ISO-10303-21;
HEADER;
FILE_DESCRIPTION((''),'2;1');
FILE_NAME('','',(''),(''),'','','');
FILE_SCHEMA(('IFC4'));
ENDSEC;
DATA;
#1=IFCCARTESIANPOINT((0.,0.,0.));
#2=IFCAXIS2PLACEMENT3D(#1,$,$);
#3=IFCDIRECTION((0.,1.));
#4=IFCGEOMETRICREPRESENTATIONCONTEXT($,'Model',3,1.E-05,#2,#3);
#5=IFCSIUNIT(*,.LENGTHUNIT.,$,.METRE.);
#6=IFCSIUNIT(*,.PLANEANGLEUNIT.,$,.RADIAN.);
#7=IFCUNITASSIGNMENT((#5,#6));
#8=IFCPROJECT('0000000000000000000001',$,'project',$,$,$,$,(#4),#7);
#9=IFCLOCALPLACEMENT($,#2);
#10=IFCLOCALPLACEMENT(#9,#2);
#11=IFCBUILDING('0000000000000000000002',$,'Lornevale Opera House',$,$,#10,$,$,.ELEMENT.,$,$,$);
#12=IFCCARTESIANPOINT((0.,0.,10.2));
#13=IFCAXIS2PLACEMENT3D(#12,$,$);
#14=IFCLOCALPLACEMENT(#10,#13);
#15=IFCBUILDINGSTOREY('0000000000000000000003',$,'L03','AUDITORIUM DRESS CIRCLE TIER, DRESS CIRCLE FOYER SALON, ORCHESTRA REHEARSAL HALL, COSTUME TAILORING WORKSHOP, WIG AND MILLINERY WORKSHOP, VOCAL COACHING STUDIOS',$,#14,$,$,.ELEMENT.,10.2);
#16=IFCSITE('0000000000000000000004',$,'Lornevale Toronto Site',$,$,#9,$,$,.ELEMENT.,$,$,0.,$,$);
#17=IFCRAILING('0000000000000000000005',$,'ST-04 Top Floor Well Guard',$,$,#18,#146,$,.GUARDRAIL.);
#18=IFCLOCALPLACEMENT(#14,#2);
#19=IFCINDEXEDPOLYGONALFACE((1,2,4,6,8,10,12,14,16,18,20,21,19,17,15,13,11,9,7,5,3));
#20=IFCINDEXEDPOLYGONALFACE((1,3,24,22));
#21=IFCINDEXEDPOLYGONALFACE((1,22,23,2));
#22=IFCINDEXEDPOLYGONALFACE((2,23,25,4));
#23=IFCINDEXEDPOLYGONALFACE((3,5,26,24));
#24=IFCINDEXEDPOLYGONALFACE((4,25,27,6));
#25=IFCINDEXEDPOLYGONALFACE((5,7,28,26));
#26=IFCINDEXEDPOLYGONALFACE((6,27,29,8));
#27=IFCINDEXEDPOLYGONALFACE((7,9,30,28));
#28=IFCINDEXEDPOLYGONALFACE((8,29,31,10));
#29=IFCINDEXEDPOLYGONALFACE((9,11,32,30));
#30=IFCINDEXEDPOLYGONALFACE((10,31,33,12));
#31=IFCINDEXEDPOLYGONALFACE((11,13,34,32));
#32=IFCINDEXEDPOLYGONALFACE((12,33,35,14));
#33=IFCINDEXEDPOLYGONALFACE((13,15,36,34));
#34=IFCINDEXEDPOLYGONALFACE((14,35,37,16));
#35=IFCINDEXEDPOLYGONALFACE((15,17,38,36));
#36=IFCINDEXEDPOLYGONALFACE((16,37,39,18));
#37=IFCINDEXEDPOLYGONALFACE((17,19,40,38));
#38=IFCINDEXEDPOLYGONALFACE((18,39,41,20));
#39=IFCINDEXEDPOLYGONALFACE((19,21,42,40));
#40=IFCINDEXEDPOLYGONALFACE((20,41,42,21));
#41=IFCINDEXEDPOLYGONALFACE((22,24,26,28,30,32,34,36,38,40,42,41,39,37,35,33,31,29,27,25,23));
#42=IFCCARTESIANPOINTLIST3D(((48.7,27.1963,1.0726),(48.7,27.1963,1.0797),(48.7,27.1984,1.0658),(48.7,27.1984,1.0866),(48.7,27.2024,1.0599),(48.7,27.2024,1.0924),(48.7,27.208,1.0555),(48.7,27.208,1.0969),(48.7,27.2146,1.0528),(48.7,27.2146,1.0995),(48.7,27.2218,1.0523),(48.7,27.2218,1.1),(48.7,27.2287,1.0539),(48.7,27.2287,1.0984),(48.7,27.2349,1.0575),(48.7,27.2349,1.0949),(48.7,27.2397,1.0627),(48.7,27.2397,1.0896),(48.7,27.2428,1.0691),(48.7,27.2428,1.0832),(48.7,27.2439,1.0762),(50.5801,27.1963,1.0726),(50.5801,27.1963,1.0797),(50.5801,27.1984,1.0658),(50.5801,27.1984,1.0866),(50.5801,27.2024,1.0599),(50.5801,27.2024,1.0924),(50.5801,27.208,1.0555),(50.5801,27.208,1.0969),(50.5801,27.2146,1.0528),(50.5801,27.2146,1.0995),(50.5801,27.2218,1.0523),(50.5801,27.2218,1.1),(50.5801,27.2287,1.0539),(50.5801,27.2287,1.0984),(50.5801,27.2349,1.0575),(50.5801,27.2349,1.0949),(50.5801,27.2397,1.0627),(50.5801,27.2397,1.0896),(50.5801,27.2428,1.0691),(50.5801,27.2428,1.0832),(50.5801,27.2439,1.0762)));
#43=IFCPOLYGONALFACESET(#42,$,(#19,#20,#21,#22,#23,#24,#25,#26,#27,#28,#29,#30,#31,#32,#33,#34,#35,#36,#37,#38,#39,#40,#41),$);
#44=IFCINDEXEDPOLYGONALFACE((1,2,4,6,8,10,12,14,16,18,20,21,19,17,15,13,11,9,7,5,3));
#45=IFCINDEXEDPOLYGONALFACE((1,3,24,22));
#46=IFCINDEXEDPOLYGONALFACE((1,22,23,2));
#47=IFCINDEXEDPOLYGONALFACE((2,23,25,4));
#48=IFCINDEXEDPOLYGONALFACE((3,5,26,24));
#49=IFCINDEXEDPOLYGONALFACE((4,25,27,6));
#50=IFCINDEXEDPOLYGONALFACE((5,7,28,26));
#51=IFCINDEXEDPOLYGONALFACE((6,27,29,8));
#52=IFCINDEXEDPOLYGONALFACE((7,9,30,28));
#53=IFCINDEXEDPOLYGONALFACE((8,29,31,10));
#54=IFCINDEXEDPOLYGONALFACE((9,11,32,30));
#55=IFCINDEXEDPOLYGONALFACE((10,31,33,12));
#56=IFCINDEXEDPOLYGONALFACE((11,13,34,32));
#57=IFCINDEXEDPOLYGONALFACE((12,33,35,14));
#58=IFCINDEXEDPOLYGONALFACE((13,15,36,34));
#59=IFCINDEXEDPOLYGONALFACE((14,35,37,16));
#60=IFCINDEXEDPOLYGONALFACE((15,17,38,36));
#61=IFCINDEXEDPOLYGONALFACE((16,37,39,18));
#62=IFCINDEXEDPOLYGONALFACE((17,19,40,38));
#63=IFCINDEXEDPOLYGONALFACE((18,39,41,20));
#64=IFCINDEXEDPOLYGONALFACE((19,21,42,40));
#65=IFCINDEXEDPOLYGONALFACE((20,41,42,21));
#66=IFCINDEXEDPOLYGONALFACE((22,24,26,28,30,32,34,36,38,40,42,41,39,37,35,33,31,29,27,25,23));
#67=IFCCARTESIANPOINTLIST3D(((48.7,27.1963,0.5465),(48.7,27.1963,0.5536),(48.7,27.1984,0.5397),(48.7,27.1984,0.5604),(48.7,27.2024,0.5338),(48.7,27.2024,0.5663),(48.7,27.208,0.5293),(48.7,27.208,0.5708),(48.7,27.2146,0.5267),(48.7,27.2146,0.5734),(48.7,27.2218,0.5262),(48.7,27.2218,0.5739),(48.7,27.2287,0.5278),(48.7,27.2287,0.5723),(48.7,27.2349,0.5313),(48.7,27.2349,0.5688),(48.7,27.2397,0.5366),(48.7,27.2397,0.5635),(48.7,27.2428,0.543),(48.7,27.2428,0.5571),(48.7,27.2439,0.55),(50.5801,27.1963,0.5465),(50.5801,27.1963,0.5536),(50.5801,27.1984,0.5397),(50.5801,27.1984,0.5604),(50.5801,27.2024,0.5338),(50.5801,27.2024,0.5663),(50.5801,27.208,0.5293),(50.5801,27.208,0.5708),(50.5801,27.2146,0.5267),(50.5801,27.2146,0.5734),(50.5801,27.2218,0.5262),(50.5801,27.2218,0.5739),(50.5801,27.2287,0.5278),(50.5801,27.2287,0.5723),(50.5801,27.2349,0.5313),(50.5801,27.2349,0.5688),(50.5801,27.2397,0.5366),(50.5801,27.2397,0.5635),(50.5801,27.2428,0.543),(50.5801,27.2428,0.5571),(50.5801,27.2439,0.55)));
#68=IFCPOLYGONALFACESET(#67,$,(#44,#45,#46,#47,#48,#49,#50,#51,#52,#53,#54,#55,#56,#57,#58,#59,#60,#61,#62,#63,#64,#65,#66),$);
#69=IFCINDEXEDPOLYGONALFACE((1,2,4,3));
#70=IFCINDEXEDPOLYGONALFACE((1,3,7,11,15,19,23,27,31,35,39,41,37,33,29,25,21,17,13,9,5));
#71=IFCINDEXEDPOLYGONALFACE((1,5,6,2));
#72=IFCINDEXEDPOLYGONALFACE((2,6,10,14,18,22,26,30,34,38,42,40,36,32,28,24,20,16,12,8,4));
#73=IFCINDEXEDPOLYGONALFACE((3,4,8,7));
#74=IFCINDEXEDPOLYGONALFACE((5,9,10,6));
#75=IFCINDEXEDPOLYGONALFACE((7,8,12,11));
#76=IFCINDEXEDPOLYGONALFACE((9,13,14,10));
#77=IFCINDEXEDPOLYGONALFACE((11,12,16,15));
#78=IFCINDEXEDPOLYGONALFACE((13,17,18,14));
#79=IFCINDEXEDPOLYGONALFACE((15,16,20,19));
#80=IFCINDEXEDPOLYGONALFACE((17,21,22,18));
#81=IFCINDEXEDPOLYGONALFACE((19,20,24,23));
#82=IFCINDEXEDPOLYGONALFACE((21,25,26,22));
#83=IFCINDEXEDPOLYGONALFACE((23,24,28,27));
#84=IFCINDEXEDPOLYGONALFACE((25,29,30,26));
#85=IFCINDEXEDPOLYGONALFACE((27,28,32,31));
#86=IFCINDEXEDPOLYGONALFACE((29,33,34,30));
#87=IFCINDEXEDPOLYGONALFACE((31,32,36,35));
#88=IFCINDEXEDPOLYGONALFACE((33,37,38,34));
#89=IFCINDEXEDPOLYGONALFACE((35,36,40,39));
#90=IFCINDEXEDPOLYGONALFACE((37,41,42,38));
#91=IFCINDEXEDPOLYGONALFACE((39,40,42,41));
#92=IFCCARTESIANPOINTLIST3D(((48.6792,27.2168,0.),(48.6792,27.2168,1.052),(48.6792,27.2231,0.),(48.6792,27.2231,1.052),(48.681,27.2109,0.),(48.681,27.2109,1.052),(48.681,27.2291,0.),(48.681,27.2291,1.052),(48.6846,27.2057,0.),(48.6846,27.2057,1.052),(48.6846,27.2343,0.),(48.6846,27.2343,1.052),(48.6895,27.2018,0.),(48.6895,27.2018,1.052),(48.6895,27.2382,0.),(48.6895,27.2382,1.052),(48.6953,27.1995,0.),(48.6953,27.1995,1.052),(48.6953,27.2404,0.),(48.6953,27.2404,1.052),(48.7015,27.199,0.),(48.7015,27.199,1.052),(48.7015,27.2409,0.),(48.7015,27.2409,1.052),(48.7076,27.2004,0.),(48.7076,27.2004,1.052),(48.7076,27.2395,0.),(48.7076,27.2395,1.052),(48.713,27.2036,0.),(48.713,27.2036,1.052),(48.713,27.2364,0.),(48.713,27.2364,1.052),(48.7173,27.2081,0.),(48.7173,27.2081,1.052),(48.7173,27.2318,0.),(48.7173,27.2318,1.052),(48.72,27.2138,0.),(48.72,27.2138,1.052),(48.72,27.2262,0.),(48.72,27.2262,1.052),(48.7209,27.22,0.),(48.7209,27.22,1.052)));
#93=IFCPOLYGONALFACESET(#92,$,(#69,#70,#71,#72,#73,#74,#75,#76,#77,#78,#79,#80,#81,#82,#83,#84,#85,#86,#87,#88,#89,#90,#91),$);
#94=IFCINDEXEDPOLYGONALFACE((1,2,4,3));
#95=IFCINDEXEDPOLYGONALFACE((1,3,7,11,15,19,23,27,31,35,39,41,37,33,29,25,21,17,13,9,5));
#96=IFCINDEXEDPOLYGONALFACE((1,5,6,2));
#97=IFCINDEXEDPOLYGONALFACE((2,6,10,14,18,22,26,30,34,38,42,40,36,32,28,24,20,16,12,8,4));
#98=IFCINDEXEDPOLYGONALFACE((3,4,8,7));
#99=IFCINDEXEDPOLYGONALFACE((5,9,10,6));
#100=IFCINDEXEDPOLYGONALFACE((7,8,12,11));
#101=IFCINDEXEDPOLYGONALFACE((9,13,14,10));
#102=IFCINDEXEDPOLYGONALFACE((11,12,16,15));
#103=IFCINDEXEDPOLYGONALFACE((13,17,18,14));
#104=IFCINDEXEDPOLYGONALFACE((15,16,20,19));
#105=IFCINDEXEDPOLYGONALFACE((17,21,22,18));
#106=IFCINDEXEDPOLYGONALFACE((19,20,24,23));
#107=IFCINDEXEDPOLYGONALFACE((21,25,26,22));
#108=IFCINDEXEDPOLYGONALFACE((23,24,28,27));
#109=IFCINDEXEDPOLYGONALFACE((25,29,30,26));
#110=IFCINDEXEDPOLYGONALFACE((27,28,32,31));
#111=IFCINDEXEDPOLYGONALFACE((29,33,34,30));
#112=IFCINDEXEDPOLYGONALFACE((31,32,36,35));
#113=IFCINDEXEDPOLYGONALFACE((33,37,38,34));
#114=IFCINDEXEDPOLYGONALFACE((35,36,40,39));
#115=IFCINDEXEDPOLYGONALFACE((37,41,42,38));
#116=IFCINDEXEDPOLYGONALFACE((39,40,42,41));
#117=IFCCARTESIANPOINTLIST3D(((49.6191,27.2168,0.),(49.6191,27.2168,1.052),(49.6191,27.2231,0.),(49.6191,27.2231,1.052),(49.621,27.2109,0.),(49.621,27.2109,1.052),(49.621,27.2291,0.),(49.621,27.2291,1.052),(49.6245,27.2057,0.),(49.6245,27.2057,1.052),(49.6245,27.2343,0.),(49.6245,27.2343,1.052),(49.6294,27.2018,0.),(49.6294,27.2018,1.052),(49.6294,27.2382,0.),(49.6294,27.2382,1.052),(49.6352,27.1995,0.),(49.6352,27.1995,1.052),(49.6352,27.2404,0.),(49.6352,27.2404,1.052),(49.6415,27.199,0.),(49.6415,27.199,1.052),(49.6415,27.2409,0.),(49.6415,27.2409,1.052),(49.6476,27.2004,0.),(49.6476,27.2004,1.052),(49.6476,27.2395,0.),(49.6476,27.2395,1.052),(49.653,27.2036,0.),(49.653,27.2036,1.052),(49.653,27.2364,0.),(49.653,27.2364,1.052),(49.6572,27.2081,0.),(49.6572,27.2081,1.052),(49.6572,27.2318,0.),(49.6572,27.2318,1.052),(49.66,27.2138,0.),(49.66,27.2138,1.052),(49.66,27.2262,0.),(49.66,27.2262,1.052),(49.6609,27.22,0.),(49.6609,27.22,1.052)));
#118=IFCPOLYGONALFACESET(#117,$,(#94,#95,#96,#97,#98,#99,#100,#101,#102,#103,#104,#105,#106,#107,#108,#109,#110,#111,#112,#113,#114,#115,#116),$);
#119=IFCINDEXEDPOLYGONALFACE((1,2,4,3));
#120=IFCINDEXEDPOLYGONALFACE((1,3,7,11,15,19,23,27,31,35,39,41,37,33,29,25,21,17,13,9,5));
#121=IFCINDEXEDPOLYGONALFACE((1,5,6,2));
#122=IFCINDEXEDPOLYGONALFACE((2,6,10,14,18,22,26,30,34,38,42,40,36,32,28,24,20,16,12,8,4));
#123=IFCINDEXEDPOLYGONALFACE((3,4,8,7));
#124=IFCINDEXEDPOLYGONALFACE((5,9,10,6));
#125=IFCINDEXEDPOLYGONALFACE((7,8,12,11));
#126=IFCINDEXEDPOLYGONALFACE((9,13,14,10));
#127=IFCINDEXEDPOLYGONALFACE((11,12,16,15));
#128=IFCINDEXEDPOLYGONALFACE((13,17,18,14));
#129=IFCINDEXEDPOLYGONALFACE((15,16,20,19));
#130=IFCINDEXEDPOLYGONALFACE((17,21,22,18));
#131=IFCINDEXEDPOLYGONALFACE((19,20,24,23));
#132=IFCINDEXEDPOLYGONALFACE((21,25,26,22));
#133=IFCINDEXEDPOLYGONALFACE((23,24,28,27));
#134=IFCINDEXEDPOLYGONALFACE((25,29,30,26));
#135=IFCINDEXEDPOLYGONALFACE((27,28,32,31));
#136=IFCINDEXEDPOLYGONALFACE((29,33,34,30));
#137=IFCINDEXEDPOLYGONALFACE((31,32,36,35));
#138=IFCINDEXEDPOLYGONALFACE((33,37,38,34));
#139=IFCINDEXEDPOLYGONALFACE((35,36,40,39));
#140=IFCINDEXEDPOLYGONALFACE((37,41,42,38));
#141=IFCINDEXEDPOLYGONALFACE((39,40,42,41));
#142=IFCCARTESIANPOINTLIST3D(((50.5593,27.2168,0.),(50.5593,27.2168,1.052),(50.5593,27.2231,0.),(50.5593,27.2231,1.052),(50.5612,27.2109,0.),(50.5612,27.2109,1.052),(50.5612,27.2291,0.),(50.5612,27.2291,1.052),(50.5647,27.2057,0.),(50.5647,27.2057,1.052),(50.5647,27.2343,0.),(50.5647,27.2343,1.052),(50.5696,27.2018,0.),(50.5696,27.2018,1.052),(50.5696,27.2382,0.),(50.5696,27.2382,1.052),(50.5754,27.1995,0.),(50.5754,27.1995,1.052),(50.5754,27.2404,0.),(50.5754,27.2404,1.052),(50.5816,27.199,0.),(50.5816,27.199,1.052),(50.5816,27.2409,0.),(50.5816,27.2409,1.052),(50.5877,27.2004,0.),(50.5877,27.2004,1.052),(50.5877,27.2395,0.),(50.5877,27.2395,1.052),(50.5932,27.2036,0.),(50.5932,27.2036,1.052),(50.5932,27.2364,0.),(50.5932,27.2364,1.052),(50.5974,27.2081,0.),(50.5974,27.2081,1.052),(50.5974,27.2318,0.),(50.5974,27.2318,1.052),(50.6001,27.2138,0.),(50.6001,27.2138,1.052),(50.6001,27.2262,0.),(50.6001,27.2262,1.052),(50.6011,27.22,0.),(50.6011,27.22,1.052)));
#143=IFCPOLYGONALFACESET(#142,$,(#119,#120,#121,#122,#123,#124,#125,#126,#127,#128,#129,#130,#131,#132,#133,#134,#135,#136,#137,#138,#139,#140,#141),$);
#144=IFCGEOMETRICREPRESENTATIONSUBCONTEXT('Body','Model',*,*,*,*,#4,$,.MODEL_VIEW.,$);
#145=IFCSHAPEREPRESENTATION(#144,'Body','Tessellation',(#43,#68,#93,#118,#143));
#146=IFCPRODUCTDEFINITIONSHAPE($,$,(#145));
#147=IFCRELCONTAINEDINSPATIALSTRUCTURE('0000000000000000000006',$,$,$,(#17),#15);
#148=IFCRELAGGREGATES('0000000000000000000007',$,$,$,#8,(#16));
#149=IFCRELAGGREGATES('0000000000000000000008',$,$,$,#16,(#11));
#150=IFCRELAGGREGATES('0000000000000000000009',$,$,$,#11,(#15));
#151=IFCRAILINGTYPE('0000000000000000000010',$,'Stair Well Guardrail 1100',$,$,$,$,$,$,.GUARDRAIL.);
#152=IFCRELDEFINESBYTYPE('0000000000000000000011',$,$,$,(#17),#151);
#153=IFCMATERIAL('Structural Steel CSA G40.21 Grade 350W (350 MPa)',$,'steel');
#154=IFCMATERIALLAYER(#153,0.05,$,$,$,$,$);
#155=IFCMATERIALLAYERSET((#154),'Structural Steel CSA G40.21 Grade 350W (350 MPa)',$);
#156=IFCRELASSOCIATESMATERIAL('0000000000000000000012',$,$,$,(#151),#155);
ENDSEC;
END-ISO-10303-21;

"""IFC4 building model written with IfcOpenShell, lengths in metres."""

from ifc_helpers import new_model, si_unit, direction, frame, origin, origin_2d, place, context, subcontext, project, spatial, circle, extrude, material, layer, layer_set, type_object, element, save


model = new_model("IFC4")

# Units and contexts
model_context = context("Model", 3, precision=1e-05, world=origin(), true_north=direction((0.0, 1.0)))
body_context = subcontext(model_context, "Body", "Model", "MODEL_VIEW")
ifc_project = project(units=[si_unit("LENGTHUNIT", "METRE"), si_unit("PLANEANGLEUNIT", "RADIAN")], contexts=[model_context])

# Site, building, storey
site_placement = place(None, origin())
site = spatial("IfcSite", under=ifc_project, at=site_placement, Name="Lornevale Toronto Site", CompositionType="ELEMENT", RefElevation=0.0)
building_placement = place(site_placement, origin())
building = spatial("IfcBuilding", under=site, at=building_placement, Name="Lornevale Opera House", CompositionType="ELEMENT")
storey_placement = place(building_placement, frame((0.0, 0.0, 10.2)))
storey = spatial("IfcBuildingStorey", under=building, at=storey_placement, Name="L03", Description="AUDITORIUM DRESS CIRCLE TIER, DRESS CIRCLE FOYER SALON, ORCHESTRA REHEARSAL HALL, COSTUME TAILORING WORKSHOP, WIG AND MILLINERY WORKSHOP, VOCAL COACHING STUDIOS", CompositionType="ELEMENT", Elevation=10.2)

# Shared definitions
ifc_material_1 = material(Name="Structural Steel CSA G40.21 Grade 350W (350 MPa)", Category="steel")

# Railing
ifc_layer_1 = layer(ifc_material_1, 0.05)
ifc_layer_set_1 = layer_set([ifc_layer_1], Name="Structural Steel CSA G40.21 Grade 350W (350 MPa)")
railing_type = type_object("IfcRailingType", Name="Stair Well Guardrail 1100", PredefinedType="GUARDRAIL", material=ifc_layer_set_1)
railing_placement = place(storey_placement, frame((48.7, 27.22, 0.0)))
element("IfcRailing", 1, at=railing_placement, inside=storey, type_object=railing_type, Name="ST-04 Top Floor Well Guard", PredefinedType="GUARDRAIL", context=body_context, shape_type="SweptSolid", body=[
    extrude(circle(Radius=0.0239, at=origin_2d()), frame((0.0, 0.0, 1.0762), z_axis=(1.0, 0.0, 0.0), x_axis=(0.0, 1.0, 0.0)), (0.0, 0.0, 1.0), 1.8801),
    extrude(circle(Radius=0.0239, at=origin_2d()), frame((0.0, 0.0, 0.55), z_axis=(1.0, 0.0, 0.0), x_axis=(0.0, 1.0, 0.0)), (0.0, 0.0, 1.0), 1.8801),
    extrude(circle(Radius=0.021, at=origin_2d()), origin(), (0.0, 0.0, 1.0), 1.052),
    extrude(circle(Radius=0.021, at=origin_2d()), frame((0.9399, 0.0, 0.0)), (0.0, 0.0, 1.0), 1.052),
    extrude(circle(Radius=0.021, at=origin_2d()), frame((1.8801, 0.0, 0.0)), (0.0, 0.0, 1.0), 1.052),
])

save(model, "model.ifc")
